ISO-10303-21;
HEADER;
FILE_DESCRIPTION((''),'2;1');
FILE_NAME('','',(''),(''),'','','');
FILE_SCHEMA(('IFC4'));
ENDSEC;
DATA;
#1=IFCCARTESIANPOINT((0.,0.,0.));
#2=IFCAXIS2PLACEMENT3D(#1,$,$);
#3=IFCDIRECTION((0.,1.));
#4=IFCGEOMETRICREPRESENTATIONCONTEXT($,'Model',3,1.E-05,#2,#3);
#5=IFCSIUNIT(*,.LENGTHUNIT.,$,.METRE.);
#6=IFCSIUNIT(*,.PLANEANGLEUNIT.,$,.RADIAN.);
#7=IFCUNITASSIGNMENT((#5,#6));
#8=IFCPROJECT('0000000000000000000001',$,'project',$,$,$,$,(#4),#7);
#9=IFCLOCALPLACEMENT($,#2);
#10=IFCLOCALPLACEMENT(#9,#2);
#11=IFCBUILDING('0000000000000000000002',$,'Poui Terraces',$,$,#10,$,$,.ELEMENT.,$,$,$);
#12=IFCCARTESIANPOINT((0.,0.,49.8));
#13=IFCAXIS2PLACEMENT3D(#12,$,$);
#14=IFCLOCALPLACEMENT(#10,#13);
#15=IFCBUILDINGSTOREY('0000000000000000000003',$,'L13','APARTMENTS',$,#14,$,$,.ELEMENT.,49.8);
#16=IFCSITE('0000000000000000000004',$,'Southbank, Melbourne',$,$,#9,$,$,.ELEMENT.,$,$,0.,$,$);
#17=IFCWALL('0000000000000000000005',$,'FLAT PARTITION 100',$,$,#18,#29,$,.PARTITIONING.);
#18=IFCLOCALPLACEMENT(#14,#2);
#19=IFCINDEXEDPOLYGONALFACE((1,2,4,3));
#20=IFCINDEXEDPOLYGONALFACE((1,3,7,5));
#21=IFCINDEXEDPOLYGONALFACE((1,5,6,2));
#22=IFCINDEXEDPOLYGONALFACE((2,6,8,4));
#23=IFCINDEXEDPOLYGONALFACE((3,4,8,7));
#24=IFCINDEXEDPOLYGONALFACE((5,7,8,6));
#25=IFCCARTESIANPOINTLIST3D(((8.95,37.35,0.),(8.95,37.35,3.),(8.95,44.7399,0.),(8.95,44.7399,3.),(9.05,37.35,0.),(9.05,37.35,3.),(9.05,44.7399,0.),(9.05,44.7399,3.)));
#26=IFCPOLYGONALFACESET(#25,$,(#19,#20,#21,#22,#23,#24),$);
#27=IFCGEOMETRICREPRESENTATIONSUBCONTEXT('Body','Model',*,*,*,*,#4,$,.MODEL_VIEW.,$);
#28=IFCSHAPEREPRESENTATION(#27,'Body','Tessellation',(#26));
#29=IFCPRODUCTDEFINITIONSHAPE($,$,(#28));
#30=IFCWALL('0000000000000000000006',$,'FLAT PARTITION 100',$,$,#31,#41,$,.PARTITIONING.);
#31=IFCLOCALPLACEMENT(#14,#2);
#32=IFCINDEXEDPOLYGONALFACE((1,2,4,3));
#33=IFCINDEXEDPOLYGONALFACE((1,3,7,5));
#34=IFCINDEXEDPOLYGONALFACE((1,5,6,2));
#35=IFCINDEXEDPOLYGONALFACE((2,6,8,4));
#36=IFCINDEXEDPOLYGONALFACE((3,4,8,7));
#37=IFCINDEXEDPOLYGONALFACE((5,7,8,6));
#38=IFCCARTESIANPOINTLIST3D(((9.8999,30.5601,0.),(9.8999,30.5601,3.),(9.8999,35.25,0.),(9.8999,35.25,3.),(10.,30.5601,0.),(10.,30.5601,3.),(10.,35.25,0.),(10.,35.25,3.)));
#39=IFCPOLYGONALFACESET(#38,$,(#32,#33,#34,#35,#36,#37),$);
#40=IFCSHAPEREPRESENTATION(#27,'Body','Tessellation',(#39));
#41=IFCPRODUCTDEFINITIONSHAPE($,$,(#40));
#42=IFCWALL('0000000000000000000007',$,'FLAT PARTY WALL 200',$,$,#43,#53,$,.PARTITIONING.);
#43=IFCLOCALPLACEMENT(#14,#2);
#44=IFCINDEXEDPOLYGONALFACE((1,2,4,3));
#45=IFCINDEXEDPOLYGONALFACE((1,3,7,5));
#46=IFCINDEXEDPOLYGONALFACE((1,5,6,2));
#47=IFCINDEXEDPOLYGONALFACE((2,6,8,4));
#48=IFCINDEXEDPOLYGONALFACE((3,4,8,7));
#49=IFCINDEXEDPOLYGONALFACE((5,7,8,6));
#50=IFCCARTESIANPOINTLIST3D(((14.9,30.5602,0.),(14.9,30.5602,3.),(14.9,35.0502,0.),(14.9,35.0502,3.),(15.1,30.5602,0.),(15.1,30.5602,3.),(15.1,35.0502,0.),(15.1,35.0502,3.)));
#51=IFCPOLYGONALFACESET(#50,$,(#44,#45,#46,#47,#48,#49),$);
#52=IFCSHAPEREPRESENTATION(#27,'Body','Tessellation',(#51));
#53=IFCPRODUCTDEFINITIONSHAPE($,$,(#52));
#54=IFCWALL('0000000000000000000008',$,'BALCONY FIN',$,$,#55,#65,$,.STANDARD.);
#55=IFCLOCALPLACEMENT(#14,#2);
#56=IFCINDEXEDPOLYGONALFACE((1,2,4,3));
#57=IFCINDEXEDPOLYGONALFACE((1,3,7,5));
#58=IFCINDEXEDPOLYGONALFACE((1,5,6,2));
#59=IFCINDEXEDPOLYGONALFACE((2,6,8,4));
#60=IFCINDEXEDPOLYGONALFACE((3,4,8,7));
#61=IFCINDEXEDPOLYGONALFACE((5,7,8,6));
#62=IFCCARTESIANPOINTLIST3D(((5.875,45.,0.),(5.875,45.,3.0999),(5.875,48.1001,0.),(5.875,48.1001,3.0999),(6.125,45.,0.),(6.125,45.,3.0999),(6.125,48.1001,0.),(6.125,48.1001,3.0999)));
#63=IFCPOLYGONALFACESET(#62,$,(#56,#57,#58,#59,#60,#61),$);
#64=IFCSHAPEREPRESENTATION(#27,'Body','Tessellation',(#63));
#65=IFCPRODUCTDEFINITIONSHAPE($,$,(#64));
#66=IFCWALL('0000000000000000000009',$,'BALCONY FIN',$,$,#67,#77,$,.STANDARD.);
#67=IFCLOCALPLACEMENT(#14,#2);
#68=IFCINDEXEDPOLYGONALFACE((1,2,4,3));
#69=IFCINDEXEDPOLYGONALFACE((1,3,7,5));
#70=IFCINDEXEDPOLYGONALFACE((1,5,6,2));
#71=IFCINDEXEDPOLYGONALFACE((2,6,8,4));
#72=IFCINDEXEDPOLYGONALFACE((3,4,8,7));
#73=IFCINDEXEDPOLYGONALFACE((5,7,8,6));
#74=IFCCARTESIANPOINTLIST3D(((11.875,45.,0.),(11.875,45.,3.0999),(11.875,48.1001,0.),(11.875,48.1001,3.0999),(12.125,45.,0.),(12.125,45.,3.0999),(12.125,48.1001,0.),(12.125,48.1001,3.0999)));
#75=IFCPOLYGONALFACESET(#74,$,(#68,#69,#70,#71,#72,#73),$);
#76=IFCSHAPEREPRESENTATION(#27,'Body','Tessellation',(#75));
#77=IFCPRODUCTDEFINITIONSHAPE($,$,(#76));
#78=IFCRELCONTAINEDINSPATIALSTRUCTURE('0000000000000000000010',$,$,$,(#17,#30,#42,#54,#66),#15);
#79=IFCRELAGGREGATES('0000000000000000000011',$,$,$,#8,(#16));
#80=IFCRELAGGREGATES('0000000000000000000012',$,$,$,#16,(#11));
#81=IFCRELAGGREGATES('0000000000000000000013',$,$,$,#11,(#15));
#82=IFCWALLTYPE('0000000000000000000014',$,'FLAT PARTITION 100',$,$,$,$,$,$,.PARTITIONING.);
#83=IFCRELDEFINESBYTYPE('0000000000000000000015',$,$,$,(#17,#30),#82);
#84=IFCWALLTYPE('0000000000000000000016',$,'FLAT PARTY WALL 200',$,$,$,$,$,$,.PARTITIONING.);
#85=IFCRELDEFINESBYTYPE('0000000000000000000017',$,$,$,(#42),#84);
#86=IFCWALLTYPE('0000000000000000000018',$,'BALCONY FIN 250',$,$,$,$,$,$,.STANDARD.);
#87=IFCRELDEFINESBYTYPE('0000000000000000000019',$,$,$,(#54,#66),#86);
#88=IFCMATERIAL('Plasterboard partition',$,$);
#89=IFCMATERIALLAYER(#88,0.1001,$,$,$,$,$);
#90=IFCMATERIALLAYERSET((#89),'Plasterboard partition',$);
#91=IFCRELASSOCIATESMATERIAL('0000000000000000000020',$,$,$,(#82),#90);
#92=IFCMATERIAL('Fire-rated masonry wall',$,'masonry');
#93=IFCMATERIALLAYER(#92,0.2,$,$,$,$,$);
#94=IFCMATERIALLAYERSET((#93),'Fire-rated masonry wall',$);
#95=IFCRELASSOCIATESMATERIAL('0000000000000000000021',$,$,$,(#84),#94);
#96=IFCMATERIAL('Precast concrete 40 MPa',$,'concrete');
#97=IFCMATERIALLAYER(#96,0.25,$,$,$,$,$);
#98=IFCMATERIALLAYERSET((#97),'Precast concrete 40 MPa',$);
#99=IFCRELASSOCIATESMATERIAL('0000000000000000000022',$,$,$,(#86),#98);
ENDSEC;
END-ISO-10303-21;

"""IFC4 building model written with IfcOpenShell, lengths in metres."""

from ifc_helpers import new_model, si_unit, direction, frame, frame_2d, origin, place, context, subcontext, project, spatial, polyline, rectangle, outline, extrude, source, transform, mapped, material, layer, layer_set, type_object, element, save


model = new_model("IFC4")

# Units and contexts
model_context = context("Model", 3, precision=1e-05, world=origin(), true_north=direction((0.0, 1.0)))
body_context = subcontext(model_context, "Body", "Model", "MODEL_VIEW")
ifc_project = project(units=[si_unit("LENGTHUNIT", "METRE"), si_unit("PLANEANGLEUNIT", "RADIAN")], contexts=[model_context])

# Site, building, storey
site_placement = place(None, origin())
site = spatial("IfcSite", under=ifc_project, at=site_placement, Name="Southbank, Melbourne", CompositionType="ELEMENT", RefElevation=0.0)
building_placement = place(site_placement, origin())
building = spatial("IfcBuilding", under=site, at=building_placement, Name="Poui Terraces", CompositionType="ELEMENT")
storey_placement = place(building_placement, frame((0.0, 0.0, 49.8)))
storey = spatial("IfcBuildingStorey", under=building, at=storey_placement, Name="L13", Description="APARTMENTS", CompositionType="ELEMENT", Elevation=49.8)

# Shared definitions
ifc_material_1 = material(Name="Plasterboard partition")
ifc_layer_1 = layer(ifc_material_1, 0.1001)
ifc_layer_set_1 = layer_set([ifc_layer_1], Name="Plasterboard partition")
wall_type_1 = type_object("IfcWallType", Name="FLAT PARTITION 100", PredefinedType="PARTITIONING", material=ifc_layer_set_1)

# Walls
wall_1_placement = place(storey_placement, frame((9.0, 37.3501, 0.0), z_axis=(0.0, 0.0, 1.0), x_axis=(0.0, 1.0, 0.0)))
element("IfcWall", 1, at=wall_1_placement, inside=storey, type_object=wall_type_1, Name="FLAT PARTITION 100", PredefinedType="PARTITIONING", context=body_context, shape_type="SweptSolid", body=[
    extrude(rectangle(XDim=7.3899, YDim=0.1001, at=frame_2d((3.6948, 0.0))), origin(), (0.0, 0.0, 1.0), 3.0),
])
wall_2_placement = place(storey_placement, frame((9.95, 30.5601, 0.0), z_axis=(0.0, 0.0, 1.0), x_axis=(0.0, 1.0, 0.0)))
element("IfcWall", 2, at=wall_2_placement, inside=storey, type_object=wall_type_1, Name="FLAT PARTITION 100", PredefinedType="PARTITIONING", context=body_context, shape_type="SweptSolid", body=[
    extrude(rectangle(XDim=4.6899, YDim=0.1001, at=frame_2d((2.345, 0.0))), origin(), (0.0, 0.0, 1.0), 3.0),
])
ifc_material_2 = material(Name="Fire-rated masonry wall", Category="masonry")
ifc_layer_2 = layer(ifc_material_2, 0.2)
ifc_layer_set_2 = layer_set([ifc_layer_2], Name="Fire-rated masonry wall")
wall_type_2 = type_object("IfcWallType", Name="FLAT PARTY WALL 200", PredefinedType="PARTITIONING", material=ifc_layer_set_2)
wall_3_placement = place(storey_placement, frame((15.0, 30.5601, 0.0), z_axis=(0.0, 0.0, 1.0), x_axis=(0.0, 1.0, 0.0)))
element("IfcWall", 3, at=wall_3_placement, inside=storey, type_object=wall_type_2, Name="FLAT PARTY WALL 200", PredefinedType="PARTITIONING", context=body_context, shape_type="SweptSolid", body=[
    extrude(rectangle(XDim=4.49, YDim=0.2, at=frame_2d((2.2451, 0.0))), origin(), (0.0, 0.0, 1.0), 3.0),
])
ifc_material_3 = material(Name="Precast concrete 40 MPa", Category="concrete")
ifc_layer_3 = layer(ifc_material_3, 0.25)
ifc_layer_set_3 = layer_set([ifc_layer_3], Name="Precast concrete 40 MPa")
wall_type_3 = type_object("IfcWallType", Name="BALCONY FIN 250", PredefinedType="STANDARD", material=ifc_layer_set_3)
shared_shape_1 = source(origin(), body_context, "Body", "SweptSolid", [
    extrude(outline(polyline([(0.0, 0.0), (0.25, 0.0), (0.25, 3.1001), (0.0, 3.1001), (0.0, 0.0)])), origin(), (0.0, 0.0, 1.0), 3.0999),
])
for number, where, name in (
    (4, (5.875, 45.0, 0.0), "BALCONY FIN"),
    (5, (11.875, 45.0, 0.0), "BALCONY FIN"),
):
    element("IfcWall", number, at=place(storey_placement, frame(where)), inside=storey, type_object=wall_type_3, Name=name, PredefinedType="STANDARD", context=body_context, shape_type="MappedRepresentation", body=[
        mapped(shared_shape_1, transform((0.0, 0.0, 0.0))),
    ])

save(model, "model.ifc")
